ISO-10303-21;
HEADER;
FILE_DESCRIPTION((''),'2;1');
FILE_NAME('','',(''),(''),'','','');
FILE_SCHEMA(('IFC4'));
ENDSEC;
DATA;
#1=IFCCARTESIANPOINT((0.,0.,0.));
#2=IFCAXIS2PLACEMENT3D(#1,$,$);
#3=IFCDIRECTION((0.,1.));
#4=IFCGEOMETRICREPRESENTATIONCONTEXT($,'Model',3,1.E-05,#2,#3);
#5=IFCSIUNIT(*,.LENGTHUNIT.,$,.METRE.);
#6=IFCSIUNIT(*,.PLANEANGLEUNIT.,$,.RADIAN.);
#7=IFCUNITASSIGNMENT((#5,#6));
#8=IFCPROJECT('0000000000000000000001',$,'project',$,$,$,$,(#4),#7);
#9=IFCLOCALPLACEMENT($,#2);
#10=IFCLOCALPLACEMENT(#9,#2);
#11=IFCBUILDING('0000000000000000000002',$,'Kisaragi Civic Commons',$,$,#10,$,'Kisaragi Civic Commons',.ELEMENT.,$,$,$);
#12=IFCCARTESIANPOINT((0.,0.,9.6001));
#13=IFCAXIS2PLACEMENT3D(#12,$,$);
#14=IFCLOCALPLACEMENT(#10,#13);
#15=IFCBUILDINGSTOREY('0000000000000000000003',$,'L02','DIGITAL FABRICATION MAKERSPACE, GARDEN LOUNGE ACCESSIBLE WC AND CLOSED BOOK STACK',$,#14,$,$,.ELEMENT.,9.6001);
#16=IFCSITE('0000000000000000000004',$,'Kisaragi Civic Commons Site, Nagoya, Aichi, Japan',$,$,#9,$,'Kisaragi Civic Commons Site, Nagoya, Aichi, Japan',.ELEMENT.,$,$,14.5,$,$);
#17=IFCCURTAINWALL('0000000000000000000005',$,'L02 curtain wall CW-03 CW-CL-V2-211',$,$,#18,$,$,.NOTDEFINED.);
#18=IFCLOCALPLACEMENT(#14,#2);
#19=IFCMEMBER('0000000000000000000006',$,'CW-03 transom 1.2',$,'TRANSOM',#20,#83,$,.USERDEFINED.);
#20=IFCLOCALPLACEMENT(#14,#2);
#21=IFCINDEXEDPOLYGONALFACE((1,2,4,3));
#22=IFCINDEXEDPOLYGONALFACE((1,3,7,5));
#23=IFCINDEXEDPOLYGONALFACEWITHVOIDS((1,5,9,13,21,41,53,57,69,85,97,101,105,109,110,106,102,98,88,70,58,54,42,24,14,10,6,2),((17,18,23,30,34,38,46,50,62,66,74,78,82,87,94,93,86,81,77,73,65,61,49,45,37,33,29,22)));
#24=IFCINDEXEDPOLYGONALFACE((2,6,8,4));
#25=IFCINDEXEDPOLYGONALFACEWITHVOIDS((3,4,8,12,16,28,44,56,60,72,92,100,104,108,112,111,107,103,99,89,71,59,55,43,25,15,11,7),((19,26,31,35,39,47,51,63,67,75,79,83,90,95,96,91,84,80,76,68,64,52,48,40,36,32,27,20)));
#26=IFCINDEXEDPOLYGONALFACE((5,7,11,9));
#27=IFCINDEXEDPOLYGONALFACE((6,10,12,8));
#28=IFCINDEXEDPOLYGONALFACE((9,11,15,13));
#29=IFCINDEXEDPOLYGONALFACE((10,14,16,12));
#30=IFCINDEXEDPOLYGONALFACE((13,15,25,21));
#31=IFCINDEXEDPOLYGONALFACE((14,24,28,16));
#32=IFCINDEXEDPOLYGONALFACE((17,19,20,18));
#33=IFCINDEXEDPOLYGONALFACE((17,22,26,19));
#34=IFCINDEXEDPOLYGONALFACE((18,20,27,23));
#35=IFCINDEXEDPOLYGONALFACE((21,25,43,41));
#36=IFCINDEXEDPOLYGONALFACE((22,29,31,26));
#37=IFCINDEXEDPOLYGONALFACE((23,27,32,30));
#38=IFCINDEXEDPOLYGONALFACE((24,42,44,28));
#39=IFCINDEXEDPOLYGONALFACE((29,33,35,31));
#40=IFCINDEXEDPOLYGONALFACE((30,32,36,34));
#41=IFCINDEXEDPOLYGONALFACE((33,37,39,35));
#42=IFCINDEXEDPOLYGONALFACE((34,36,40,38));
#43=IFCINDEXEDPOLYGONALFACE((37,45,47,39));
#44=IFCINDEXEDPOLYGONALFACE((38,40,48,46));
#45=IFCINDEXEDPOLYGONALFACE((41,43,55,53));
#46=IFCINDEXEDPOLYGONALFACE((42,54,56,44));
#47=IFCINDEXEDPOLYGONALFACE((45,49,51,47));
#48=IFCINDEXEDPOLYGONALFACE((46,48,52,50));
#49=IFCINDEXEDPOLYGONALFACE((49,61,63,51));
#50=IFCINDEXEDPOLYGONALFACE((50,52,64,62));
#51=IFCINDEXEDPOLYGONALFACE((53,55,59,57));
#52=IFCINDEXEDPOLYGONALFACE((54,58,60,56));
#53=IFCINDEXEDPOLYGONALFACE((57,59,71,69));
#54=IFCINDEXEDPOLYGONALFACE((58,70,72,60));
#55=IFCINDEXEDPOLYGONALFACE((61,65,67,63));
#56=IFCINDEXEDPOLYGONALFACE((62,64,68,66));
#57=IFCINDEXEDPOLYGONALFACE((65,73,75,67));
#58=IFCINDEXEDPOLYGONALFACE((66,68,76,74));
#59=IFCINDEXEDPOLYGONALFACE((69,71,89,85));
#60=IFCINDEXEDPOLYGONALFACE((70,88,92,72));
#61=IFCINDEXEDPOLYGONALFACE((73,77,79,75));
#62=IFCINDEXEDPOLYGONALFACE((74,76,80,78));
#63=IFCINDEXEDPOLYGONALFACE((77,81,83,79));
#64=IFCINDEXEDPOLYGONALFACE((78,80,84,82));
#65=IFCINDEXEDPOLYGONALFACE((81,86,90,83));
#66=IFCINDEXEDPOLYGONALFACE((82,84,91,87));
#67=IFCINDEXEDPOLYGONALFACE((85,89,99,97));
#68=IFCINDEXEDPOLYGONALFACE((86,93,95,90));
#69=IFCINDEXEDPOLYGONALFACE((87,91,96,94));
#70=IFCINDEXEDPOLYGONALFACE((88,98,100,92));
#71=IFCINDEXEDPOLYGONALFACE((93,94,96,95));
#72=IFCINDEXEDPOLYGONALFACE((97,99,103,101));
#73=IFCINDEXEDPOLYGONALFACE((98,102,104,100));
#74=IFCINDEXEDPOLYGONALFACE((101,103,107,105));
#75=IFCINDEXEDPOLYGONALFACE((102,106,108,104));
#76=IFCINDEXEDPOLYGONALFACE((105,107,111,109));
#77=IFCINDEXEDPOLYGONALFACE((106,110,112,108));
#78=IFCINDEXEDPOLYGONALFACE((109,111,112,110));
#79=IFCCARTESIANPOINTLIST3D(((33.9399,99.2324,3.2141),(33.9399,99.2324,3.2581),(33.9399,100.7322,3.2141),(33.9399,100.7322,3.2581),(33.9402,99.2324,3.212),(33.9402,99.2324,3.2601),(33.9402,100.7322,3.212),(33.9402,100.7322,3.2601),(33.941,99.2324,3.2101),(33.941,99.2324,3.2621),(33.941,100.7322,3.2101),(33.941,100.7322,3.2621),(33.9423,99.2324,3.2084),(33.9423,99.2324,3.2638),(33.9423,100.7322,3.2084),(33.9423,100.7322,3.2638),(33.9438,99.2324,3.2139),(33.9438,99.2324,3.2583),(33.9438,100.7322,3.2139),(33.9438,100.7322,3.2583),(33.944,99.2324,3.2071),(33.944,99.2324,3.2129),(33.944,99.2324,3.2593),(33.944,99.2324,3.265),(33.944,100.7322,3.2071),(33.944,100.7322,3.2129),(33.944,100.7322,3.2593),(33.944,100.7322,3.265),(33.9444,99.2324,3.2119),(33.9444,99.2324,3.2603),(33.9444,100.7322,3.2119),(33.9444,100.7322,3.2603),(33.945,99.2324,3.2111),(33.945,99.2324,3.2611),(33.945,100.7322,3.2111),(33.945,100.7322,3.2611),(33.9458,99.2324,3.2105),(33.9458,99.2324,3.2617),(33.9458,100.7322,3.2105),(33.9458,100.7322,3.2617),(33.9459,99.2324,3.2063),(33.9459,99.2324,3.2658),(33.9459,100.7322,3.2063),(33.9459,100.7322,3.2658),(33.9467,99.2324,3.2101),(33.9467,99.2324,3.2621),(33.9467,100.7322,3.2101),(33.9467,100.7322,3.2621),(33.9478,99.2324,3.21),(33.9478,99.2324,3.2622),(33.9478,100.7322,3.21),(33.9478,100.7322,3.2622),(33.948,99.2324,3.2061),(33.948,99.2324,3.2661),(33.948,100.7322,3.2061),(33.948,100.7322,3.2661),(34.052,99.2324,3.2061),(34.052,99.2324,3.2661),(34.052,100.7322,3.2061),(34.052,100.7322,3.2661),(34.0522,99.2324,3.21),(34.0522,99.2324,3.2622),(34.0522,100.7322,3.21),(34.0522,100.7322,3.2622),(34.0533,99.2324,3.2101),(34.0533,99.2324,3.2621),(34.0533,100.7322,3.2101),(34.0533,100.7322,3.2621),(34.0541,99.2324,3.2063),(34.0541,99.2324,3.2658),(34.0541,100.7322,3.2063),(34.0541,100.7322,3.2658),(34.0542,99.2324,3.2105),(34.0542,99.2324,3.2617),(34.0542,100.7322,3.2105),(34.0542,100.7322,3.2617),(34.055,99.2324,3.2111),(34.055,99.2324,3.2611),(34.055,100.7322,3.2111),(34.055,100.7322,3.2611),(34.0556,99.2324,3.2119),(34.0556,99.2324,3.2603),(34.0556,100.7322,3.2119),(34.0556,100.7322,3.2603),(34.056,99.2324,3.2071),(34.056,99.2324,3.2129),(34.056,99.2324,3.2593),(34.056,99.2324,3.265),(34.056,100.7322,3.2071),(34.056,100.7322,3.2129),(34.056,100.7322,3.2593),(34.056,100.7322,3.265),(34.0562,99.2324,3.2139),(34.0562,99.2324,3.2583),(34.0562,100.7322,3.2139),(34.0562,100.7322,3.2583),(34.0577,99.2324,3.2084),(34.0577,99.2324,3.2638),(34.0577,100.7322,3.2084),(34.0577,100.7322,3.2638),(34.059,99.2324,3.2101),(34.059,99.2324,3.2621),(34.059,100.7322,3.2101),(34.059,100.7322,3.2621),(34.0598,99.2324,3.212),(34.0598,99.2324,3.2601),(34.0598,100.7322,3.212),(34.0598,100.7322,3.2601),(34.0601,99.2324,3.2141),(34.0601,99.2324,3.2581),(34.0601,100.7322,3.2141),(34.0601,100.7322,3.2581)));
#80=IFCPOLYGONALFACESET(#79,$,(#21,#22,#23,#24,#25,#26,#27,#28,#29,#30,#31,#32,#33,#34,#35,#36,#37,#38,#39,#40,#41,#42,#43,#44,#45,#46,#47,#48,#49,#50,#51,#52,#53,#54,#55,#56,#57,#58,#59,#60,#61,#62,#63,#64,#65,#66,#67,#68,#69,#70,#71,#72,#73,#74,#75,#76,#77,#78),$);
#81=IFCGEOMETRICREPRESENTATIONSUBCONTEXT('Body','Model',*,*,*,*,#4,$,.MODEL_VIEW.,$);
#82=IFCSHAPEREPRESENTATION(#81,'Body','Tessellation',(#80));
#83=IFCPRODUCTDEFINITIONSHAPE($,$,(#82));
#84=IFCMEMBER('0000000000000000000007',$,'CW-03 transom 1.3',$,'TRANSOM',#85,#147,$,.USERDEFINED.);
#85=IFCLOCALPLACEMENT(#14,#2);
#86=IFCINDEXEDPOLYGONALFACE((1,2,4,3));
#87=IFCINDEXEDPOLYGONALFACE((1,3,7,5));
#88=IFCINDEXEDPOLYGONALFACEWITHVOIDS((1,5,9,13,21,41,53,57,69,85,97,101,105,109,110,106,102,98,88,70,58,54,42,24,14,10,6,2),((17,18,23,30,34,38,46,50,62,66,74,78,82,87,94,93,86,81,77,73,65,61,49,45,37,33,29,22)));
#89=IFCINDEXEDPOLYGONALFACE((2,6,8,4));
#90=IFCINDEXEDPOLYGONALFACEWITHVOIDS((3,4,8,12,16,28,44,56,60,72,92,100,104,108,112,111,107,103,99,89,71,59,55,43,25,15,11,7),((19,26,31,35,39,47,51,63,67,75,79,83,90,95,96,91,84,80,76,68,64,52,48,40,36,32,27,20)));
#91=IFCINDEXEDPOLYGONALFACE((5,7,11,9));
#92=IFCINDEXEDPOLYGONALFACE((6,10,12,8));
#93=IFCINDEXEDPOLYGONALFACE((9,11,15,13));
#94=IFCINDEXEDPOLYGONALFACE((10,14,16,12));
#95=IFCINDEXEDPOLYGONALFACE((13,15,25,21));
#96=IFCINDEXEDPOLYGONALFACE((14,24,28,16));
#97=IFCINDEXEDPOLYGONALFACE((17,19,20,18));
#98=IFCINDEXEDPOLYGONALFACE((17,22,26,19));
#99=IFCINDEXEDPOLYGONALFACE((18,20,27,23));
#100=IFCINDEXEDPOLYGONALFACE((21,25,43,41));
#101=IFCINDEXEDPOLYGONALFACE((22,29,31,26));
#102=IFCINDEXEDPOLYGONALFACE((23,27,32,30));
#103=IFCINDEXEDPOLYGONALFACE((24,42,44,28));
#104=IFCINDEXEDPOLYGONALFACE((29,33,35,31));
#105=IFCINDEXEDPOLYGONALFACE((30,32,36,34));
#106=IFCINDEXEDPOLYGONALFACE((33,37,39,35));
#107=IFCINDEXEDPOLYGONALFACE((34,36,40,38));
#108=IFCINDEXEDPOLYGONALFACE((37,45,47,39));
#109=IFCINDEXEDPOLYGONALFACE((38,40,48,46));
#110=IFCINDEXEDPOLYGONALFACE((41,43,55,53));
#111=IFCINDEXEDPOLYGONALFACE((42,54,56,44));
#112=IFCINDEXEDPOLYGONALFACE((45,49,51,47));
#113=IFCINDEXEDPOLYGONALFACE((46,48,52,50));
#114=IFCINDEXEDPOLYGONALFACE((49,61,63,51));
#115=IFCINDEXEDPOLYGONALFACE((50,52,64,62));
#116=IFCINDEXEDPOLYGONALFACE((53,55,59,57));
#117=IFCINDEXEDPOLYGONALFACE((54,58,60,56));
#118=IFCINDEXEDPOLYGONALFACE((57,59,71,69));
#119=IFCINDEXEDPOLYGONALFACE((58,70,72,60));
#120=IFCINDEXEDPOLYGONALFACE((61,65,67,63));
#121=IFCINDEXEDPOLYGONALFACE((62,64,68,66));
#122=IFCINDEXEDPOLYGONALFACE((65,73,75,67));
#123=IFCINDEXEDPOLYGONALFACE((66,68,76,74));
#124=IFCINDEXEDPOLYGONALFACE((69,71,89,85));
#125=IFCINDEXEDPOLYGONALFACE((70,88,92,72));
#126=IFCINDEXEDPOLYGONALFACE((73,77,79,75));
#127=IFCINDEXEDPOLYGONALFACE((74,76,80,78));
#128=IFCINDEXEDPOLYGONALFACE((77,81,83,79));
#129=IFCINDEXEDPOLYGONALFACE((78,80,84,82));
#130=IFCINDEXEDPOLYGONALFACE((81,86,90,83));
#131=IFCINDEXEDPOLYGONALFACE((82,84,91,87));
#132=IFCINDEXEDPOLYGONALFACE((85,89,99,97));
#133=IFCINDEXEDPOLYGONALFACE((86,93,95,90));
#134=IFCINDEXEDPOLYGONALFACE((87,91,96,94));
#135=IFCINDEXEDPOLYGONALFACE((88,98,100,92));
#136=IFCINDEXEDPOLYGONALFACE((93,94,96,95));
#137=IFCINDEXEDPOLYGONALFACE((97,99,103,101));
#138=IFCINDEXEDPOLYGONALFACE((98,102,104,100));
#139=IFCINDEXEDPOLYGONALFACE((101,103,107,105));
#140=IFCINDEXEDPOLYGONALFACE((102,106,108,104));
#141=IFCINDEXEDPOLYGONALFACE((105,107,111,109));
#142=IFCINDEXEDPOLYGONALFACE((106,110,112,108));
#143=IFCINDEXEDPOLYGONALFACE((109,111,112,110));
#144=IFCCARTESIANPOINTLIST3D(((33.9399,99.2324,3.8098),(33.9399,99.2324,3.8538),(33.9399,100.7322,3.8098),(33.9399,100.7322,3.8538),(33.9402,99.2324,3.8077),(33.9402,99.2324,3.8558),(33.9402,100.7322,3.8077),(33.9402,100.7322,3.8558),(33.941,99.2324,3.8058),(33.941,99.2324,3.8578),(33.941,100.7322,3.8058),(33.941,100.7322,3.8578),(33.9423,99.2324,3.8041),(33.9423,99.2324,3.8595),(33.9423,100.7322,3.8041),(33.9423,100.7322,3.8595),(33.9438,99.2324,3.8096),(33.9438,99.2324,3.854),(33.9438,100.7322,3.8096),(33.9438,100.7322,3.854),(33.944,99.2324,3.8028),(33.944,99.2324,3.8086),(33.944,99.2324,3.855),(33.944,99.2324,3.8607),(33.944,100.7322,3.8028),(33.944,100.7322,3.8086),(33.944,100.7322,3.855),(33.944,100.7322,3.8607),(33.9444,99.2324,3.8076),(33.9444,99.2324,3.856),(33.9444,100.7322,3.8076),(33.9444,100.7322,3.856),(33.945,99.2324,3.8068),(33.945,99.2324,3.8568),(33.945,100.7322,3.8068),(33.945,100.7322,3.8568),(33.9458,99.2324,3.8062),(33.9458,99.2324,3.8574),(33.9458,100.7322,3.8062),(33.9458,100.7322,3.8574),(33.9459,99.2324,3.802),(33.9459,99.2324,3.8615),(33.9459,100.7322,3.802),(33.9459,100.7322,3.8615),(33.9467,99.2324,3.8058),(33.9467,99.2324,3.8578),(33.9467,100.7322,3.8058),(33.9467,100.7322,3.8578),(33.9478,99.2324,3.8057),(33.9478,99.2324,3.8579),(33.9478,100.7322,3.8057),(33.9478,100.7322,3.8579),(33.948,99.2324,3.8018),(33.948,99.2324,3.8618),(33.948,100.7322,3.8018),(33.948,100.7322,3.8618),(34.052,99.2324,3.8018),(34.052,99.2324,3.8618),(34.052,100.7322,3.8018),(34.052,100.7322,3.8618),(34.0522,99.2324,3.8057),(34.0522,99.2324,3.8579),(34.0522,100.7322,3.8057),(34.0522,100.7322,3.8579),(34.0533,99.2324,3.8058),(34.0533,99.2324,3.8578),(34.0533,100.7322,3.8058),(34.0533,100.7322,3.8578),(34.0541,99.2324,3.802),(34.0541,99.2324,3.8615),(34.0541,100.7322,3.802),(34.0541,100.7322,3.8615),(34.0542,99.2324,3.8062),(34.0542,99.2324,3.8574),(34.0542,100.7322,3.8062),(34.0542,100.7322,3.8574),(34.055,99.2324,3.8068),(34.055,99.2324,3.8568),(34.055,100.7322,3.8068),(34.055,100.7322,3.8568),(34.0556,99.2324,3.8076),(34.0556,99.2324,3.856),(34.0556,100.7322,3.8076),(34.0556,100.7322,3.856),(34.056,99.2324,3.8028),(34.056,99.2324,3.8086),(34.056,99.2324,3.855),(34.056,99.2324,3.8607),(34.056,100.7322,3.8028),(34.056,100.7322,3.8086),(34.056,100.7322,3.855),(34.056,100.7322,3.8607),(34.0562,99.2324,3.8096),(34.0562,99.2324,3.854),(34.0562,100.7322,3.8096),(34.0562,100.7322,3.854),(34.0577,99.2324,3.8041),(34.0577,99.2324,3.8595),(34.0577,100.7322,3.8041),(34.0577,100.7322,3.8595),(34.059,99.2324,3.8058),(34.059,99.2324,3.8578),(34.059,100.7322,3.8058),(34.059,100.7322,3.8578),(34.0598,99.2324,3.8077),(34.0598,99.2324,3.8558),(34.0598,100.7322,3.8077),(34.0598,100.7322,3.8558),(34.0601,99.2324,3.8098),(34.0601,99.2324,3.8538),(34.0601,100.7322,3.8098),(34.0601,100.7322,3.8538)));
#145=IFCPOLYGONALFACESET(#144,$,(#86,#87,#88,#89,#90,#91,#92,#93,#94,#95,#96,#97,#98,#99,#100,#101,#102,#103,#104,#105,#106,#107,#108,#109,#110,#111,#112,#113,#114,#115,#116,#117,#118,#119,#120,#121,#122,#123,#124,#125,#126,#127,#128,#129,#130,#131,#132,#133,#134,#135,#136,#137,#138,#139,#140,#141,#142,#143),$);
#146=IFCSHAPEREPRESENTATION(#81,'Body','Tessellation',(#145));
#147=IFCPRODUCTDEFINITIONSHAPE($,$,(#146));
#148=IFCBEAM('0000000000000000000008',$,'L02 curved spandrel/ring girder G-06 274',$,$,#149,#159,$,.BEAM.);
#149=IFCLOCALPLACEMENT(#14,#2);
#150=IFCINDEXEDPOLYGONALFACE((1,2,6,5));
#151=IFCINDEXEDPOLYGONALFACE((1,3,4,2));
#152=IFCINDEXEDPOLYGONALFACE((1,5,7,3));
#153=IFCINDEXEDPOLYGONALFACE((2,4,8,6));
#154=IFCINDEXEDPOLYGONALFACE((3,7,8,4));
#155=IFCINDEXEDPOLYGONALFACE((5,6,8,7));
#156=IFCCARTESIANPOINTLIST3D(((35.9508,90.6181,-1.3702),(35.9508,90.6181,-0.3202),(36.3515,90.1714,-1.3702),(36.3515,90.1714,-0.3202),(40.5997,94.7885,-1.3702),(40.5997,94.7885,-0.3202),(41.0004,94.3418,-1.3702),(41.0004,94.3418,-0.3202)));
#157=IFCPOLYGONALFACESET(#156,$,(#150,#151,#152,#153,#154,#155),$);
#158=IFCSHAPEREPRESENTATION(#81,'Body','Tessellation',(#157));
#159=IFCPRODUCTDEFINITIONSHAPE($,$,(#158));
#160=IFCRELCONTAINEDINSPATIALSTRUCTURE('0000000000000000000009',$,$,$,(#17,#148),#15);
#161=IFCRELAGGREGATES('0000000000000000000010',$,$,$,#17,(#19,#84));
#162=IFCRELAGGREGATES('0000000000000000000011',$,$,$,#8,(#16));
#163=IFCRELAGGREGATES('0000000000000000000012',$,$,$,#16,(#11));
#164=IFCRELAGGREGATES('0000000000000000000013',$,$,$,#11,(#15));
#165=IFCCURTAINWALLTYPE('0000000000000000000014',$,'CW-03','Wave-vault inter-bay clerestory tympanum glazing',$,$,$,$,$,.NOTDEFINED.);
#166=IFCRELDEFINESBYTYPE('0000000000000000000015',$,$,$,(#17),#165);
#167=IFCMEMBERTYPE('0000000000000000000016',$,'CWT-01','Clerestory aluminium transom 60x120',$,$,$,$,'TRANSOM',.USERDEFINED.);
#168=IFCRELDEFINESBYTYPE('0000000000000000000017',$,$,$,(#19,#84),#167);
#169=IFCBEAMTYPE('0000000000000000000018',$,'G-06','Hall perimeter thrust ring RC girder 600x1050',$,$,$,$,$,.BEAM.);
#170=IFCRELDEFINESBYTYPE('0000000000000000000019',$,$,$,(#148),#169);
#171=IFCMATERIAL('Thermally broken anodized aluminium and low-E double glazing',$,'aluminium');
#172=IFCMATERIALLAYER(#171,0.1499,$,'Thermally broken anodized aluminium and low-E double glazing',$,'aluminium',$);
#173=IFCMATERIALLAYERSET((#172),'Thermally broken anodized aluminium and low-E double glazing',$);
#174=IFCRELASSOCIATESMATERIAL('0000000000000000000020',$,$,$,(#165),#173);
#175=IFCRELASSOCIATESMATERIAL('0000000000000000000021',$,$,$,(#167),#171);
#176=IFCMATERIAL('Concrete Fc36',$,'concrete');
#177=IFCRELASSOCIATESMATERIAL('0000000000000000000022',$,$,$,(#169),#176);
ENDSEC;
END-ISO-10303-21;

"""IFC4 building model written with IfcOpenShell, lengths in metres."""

from ifc_helpers import new_model, si_unit, direction, frame, origin, origin_2d, place, context, subcontext, project, spatial, rectangle, hollow_rectangle, extrude, material, layer, layer_set, material_profile, profile_set, type_object, element, aggregate, save


model = new_model("IFC4")

# Units and contexts
model_context = context("Model", 3, precision=1e-05, world=origin(), true_north=direction((0.0, 1.0)))
body_context = subcontext(model_context, "Body", "Model", "MODEL_VIEW")
ifc_project = project(units=[si_unit("LENGTHUNIT", "METRE"), si_unit("PLANEANGLEUNIT", "RADIAN")], contexts=[model_context])

# Site, building, storey
site_placement = place(None, origin())
site = spatial("IfcSite", under=ifc_project, at=site_placement, Name="Kisaragi Civic Commons Site, Nagoya, Aichi, Japan", LongName="Kisaragi Civic Commons Site, Nagoya, Aichi, Japan", CompositionType="ELEMENT", RefElevation=14.5)
building_placement = place(site_placement, origin())
building = spatial("IfcBuilding", under=site, at=building_placement, Name="Kisaragi Civic Commons", LongName="Kisaragi Civic Commons", CompositionType="ELEMENT")
storey_placement = place(building_placement, frame((0.0, 0.0, 9.6001)))
storey = spatial("IfcBuildingStorey", under=building, at=storey_placement, Name="L02", Description="DIGITAL FABRICATION MAKERSPACE, GARDEN LOUNGE ACCESSIBLE WC AND CLOSED BOOK STACK", CompositionType="ELEMENT", Elevation=9.6001)

# Curtain wall, members
ifc_material_1 = material(Name="Thermally broken anodized aluminium and low-E double glazing", Category="aluminium")
ifc_layer_1 = layer(ifc_material_1, 0.1499, Name="Thermally broken anodized aluminium and low-E double glazing", Category="aluminium")
ifc_layer_set_1 = layer_set([ifc_layer_1], Name="Thermally broken anodized aluminium and low-E double glazing")
curtain_wall_type = type_object("IfcCurtainWallType", Name="CW-03", Description="Wave-vault inter-bay clerestory tympanum glazing", PredefinedType="NOTDEFINED", material=ifc_layer_set_1)
curtain_wall_placement = place(storey_placement, origin())
curtain_wall = element("IfcCurtainWall", 1, at=curtain_wall_placement, inside=storey, type_object=curtain_wall_type, Name="L02 curtain wall CW-03 CW-CL-V2-211", PredefinedType="NOTDEFINED")
ifc_material_profile_1 = material_profile(ifc_material_1, hollow_rectangle(XDim=0.1201, YDim=0.0601, WallThickness=0.0039, InnerFilletRadius=0.0039, OuterFilletRadius=0.0081, at=origin_2d()), Name="CWT-60x120x4", Category="aluminium")
ifc_profile_set_1 = profile_set([ifc_material_profile_1], Name="Thermally broken anodized aluminium and low-E double glazing")
member_type_1 = type_object("IfcMemberType", Name="CWT-01", Description="Clerestory aluminium transom 60x120", ElementType="TRANSOM", PredefinedType="USERDEFINED", material=ifc_profile_set_1)
member_1_placement = place(storey_placement, frame((34.0, 99.2324, 3.2361), z_axis=(0.0, 1.0, 0.0), x_axis=(-1.0, 0.0, 0.0)))
member_1 = element("IfcMember", 2, at=member_1_placement, type_object=member_type_1, Name="CW-03 transom 1.2", ObjectType="TRANSOM", PredefinedType="USERDEFINED", context=body_context, shape_type="SweptSolid", body=[
    extrude(hollow_rectangle(XDim=0.1201, YDim=0.0601, WallThickness=0.0039, InnerFilletRadius=0.0039, OuterFilletRadius=0.0081, at=origin_2d()), origin(), (0.0, 0.0, 1.0), 1.4998),
])
member_2_placement = place(storey_placement, frame((34.0, 99.2324, 3.8318), z_axis=(0.0, 1.0, 0.0), x_axis=(-1.0, 0.0, 0.0)))
member_2 = element("IfcMember", 3, at=member_2_placement, type_object=member_type_1, Name="CW-03 transom 1.3", ObjectType="TRANSOM", PredefinedType="USERDEFINED", context=body_context, shape_type="SweptSolid", body=[
    extrude(hollow_rectangle(XDim=0.1201, YDim=0.0601, WallThickness=0.0039, InnerFilletRadius=0.0039, OuterFilletRadius=0.0081, at=origin_2d()), origin(), (0.0, 0.0, 1.0), 1.4998),
])
aggregate(curtain_wall, [member_1, member_2])

# Beam
ifc_material_2 = material(Name="Concrete Fc36", Category="concrete")
ifc_material_profile_2 = material_profile(ifc_material_2, rectangle(XDim=0.6001, YDim=1.05, at=origin_2d()), Name="RC-600x1050", Category="concrete")
ifc_profile_set_2 = profile_set([ifc_material_profile_2], Name="Concrete Fc36")
beam_type = type_object("IfcBeamType", Name="G-06", Description="Hall perimeter thrust ring RC girder 600x1050", PredefinedType="BEAM", material=ifc_profile_set_2)
beam_placement = place(storey_placement, frame((40.8, 94.5652, -0.8452), z_axis=(-0.744378, -0.667759, 0.0), x_axis=(0.667759, -0.744378, 0.0)))
element("IfcBeam", 4, at=beam_placement, inside=storey, type_object=beam_type, Name="L02 curved spandrel/ring girder G-06 274", PredefinedType="BEAM", context=body_context, shape_type="SweptSolid", body=[
    extrude(rectangle(XDim=0.6001, YDim=1.05, at=origin_2d()), origin(), (0.0, 0.0, 1.0), 6.2454),
])

save(model, "model.ifc")
